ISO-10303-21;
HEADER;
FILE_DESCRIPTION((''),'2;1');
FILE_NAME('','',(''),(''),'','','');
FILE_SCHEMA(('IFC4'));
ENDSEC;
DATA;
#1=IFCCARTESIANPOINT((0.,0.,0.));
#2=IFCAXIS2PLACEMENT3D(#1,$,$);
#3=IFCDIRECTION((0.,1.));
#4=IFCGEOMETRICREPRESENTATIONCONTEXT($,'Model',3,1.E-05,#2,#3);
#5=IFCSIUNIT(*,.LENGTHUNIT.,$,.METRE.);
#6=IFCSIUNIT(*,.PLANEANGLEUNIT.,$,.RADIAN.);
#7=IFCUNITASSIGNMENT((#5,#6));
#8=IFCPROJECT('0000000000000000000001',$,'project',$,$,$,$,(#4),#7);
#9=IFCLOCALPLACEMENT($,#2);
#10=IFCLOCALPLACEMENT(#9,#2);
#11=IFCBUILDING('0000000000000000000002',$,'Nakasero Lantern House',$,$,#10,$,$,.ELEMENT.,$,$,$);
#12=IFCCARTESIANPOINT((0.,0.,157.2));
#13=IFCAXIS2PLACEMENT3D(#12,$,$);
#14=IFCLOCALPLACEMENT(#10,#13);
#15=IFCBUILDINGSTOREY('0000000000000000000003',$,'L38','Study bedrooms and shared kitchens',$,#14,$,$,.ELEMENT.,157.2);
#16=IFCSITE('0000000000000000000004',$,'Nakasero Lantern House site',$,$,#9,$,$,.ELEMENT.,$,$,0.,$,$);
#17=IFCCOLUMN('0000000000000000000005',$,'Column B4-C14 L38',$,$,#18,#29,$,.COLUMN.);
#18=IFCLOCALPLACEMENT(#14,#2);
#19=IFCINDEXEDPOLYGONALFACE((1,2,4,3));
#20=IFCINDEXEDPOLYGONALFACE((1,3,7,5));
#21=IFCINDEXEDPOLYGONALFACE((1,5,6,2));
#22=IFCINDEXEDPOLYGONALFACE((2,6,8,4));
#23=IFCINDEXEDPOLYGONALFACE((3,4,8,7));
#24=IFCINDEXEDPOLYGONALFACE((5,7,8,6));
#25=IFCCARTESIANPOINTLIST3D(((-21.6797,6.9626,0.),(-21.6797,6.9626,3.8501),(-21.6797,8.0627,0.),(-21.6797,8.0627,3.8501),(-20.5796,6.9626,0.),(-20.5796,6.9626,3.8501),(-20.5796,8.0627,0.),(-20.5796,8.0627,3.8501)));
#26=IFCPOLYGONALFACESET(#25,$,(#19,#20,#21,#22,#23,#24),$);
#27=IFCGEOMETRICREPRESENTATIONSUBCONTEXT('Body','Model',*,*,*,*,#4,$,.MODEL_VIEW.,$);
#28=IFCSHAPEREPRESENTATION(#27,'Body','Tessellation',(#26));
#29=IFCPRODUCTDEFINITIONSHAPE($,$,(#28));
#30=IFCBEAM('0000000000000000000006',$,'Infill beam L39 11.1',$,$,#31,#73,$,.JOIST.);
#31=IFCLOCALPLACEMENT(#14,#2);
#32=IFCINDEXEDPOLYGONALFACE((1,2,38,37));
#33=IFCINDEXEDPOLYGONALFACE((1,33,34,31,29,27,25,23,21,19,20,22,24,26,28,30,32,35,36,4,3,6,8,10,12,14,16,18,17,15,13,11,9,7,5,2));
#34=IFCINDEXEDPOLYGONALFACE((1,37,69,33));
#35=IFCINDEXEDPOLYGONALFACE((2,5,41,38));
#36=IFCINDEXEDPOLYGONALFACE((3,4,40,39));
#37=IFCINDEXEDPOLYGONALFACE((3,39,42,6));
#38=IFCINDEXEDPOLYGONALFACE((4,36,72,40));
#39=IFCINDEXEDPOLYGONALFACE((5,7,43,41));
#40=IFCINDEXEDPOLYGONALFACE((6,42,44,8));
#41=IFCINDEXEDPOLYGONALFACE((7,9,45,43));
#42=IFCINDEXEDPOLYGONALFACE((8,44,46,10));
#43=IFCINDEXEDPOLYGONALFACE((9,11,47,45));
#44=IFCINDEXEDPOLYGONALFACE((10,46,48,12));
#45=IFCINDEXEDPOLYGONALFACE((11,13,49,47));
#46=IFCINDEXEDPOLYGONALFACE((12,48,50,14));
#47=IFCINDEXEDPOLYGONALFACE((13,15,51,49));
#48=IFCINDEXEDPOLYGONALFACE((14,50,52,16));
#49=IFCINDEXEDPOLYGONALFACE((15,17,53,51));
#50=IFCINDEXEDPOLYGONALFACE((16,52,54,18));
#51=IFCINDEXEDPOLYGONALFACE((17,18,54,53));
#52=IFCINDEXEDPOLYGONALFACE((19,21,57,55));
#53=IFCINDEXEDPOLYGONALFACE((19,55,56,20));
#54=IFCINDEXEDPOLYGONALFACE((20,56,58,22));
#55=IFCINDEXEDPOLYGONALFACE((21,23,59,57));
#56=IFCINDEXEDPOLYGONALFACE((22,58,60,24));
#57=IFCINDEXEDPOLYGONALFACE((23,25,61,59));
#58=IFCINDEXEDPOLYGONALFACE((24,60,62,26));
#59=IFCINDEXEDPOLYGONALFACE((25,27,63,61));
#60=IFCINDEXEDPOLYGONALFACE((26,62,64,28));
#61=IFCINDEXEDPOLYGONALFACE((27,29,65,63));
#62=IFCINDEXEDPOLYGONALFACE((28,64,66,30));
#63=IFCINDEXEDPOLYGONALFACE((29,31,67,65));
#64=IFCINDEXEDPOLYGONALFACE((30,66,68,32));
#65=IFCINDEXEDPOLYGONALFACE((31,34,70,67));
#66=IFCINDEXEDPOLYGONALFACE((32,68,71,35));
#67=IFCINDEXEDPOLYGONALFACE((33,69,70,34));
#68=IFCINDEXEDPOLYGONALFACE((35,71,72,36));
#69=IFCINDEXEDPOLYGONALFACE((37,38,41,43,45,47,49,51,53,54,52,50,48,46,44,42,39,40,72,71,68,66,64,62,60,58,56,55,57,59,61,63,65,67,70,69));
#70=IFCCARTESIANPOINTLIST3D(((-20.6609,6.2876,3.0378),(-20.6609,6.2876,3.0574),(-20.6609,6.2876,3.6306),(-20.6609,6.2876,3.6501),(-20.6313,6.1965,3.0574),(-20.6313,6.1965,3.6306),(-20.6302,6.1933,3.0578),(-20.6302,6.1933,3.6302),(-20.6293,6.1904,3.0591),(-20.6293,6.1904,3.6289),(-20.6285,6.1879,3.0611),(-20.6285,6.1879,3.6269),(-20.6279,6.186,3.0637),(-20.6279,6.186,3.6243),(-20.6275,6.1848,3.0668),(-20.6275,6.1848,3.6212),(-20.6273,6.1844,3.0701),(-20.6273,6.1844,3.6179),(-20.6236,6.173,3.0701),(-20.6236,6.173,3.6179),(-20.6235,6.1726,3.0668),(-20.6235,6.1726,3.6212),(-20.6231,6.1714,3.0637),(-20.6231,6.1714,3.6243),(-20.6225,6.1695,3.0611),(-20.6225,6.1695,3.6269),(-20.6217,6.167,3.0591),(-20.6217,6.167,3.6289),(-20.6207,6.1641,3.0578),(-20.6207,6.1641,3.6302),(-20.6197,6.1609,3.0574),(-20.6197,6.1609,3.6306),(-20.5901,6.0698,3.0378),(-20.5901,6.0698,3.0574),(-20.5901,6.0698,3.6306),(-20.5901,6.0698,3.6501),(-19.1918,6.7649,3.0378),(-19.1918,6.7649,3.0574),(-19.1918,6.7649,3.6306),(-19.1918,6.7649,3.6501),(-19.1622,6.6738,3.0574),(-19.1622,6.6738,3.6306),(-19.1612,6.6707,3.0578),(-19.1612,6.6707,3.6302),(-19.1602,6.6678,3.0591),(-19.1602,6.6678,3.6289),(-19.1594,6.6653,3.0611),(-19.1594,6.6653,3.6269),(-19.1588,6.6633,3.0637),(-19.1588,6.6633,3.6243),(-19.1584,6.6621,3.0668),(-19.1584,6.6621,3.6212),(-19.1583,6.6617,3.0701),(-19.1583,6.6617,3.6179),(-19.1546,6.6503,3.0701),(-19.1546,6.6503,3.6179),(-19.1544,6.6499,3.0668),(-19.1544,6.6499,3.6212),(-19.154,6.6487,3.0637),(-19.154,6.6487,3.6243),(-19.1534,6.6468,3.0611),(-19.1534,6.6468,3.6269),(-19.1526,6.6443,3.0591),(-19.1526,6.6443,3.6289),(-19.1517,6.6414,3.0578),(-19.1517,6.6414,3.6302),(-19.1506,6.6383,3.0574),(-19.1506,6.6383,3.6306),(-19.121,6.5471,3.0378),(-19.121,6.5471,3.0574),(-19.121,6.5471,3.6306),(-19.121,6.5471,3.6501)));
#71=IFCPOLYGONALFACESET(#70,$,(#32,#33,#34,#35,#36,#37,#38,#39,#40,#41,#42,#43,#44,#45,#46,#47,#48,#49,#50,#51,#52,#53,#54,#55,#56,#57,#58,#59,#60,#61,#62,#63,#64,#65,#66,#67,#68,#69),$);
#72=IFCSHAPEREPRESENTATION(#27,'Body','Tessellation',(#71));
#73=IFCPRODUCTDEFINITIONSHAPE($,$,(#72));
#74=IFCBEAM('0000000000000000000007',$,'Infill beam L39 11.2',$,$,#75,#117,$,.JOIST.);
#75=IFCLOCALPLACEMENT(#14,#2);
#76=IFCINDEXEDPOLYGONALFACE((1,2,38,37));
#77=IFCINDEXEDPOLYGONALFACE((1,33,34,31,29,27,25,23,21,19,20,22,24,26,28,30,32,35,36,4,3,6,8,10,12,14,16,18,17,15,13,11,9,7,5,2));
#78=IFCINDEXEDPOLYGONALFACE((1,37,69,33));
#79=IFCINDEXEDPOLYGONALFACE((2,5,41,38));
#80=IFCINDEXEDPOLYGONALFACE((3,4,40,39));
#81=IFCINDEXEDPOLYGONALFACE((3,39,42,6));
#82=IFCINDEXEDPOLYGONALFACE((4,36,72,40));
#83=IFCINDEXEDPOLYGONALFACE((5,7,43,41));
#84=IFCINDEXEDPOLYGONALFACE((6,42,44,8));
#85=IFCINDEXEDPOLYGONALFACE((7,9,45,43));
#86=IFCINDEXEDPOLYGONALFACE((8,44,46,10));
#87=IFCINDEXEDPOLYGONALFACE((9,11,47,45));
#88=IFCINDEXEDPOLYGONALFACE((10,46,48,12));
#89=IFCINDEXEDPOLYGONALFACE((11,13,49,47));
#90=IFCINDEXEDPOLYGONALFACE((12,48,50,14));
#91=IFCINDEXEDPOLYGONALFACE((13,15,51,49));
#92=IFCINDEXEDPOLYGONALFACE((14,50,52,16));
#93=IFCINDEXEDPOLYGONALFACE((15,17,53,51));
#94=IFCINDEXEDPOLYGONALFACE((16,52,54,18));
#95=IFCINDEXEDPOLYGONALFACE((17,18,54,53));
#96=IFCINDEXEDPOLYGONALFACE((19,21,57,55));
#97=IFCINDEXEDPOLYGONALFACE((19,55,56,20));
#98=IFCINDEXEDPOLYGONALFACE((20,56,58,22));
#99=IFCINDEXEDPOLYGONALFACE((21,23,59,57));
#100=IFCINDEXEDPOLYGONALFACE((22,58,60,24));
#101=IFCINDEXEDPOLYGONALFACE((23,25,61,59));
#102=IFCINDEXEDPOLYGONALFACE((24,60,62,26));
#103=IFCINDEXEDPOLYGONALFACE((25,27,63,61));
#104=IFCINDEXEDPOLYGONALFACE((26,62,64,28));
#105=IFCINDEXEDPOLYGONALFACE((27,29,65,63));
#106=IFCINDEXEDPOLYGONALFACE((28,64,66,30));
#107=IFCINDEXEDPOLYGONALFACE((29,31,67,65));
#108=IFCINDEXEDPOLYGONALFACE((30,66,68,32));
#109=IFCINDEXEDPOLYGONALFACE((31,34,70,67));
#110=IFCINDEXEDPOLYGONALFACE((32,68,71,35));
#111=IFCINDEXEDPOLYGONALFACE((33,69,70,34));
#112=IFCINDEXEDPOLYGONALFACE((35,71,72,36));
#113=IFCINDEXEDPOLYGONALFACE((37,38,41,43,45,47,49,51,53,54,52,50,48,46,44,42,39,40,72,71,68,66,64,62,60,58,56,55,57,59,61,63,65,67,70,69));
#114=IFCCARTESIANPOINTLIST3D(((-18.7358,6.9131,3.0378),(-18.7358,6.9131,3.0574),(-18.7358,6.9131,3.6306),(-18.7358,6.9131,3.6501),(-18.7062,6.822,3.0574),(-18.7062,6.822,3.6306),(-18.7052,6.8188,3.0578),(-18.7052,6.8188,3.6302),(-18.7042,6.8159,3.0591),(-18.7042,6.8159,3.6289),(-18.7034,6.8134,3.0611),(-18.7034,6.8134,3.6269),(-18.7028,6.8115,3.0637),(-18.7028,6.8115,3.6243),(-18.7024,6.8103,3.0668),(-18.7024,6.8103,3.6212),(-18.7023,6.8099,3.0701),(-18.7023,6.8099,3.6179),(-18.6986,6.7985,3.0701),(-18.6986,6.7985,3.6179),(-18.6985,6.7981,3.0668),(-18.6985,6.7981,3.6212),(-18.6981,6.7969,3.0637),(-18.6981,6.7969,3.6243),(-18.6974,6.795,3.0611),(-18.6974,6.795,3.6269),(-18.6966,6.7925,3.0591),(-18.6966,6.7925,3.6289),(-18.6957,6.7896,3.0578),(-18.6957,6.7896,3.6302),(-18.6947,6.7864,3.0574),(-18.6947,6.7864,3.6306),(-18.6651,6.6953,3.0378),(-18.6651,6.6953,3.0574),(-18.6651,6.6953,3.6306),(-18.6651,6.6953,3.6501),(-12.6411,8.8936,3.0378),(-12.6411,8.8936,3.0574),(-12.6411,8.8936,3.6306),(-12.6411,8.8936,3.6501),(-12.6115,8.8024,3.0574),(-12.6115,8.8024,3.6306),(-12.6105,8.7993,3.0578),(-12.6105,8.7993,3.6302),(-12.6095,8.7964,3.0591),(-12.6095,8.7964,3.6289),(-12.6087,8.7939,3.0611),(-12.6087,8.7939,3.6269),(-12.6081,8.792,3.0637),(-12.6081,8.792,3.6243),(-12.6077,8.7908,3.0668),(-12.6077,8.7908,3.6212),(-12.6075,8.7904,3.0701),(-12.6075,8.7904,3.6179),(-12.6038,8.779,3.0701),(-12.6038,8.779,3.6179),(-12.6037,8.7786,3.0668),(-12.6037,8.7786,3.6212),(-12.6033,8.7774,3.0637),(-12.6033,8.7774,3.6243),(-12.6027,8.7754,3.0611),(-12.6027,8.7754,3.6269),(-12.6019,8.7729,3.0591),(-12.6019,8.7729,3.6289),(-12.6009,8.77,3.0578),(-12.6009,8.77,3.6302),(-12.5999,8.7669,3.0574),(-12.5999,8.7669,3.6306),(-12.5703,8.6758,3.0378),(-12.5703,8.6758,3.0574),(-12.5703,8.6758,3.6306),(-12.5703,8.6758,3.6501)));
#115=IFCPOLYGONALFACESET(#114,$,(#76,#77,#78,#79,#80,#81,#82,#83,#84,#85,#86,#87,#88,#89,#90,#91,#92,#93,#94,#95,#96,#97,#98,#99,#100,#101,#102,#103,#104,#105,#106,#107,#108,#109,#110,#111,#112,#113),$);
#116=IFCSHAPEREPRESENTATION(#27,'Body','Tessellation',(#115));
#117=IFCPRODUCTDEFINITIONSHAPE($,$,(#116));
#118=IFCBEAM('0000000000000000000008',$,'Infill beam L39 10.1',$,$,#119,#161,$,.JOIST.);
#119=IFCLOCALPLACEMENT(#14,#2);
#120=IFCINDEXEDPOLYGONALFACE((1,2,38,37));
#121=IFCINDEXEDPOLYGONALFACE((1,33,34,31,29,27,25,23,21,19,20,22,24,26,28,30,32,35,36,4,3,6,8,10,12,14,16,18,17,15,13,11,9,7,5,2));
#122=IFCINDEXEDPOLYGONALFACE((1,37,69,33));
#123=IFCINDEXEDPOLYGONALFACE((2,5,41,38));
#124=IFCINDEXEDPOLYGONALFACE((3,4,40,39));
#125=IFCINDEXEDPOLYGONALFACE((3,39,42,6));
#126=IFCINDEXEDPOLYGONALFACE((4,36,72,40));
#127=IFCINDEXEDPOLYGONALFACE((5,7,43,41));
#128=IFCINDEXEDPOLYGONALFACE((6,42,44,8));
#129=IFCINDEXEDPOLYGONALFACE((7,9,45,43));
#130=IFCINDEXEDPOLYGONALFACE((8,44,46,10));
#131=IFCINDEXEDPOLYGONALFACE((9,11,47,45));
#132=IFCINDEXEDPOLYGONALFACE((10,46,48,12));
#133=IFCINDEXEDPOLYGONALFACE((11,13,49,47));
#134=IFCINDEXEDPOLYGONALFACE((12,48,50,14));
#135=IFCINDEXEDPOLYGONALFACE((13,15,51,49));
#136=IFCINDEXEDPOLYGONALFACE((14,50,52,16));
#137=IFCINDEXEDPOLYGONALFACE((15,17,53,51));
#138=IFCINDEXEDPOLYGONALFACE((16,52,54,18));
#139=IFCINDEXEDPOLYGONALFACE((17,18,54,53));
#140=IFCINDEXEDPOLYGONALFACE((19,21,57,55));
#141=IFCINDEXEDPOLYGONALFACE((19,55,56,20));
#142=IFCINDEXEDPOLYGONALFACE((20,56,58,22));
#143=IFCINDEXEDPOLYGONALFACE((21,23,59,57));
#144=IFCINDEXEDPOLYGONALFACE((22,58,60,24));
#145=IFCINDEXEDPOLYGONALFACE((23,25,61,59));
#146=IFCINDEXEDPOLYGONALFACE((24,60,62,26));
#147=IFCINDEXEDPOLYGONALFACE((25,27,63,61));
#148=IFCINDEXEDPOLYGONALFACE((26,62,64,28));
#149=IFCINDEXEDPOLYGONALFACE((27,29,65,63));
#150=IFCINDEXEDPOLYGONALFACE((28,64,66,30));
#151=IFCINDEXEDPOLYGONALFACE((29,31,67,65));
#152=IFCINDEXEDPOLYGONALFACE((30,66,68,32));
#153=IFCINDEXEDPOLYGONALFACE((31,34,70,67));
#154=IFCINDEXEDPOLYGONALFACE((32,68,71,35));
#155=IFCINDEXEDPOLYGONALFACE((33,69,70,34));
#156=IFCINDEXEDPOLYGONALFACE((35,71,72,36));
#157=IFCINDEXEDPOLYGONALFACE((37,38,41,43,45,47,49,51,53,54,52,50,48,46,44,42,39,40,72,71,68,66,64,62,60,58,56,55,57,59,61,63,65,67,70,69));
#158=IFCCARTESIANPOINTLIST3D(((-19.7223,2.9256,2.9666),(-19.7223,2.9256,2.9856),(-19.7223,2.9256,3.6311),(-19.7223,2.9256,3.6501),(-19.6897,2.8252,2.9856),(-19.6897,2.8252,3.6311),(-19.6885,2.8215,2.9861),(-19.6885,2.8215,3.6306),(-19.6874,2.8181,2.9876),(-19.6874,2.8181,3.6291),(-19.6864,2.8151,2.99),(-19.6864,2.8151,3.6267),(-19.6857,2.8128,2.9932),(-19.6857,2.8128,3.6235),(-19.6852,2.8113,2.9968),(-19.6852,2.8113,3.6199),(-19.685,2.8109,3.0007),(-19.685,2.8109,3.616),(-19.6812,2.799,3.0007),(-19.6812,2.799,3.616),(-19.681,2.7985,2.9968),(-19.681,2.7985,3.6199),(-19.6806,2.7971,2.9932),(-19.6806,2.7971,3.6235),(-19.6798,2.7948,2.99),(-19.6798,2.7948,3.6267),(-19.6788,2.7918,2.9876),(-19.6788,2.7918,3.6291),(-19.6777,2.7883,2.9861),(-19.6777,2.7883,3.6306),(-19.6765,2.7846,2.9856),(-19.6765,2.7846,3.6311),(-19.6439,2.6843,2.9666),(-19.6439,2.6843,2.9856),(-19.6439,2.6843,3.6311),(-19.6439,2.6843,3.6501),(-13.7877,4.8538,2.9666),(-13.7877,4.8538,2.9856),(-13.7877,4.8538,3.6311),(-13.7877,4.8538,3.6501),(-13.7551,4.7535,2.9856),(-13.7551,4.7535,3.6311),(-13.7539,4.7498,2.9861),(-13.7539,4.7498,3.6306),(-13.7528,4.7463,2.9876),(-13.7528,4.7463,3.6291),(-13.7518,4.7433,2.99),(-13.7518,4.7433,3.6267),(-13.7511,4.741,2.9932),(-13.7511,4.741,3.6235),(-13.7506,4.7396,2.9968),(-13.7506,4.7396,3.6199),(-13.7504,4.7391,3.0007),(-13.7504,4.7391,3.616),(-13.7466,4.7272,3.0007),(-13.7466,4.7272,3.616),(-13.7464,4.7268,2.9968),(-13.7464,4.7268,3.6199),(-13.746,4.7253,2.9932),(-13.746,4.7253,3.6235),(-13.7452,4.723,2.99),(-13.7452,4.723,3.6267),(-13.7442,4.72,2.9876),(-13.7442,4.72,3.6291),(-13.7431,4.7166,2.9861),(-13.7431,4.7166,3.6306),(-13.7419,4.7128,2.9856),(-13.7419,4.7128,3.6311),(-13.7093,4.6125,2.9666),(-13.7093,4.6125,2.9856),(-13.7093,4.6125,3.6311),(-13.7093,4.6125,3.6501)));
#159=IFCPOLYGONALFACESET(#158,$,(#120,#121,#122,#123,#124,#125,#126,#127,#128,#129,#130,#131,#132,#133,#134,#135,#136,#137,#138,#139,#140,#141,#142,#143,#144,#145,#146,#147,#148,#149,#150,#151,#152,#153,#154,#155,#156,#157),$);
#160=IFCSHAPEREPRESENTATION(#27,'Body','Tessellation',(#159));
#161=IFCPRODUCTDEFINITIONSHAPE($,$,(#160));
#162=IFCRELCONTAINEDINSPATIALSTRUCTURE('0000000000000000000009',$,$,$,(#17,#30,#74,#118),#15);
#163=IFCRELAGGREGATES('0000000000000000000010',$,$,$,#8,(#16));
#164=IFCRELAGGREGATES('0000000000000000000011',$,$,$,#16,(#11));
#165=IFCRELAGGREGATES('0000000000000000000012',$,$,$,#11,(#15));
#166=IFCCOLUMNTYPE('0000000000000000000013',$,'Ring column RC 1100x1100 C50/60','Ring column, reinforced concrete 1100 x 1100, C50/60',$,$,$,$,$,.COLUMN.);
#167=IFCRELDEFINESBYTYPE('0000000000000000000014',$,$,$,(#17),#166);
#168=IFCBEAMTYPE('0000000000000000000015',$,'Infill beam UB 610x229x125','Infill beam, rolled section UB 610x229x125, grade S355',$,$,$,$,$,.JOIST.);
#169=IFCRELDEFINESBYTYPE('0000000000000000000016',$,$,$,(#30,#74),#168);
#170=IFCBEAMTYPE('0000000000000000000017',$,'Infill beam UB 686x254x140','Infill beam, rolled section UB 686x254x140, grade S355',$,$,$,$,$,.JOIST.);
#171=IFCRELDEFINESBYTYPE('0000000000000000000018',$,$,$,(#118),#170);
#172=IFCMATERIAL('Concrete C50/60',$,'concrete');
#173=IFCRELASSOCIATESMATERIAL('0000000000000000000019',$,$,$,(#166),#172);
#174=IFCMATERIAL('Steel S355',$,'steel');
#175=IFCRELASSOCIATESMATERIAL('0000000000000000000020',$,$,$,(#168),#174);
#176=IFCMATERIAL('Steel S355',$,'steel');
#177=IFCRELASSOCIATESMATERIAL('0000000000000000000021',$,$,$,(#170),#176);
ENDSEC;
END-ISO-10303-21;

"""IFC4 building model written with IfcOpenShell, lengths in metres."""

from ifc_helpers import new_model, si_unit, direction, frame, origin, origin_2d, place, context, subcontext, project, spatial, rectangle, i_section, extrude, material, material_profile, profile_set, type_object, element, save


model = new_model("IFC4")

# Units and contexts
model_context = context("Model", 3, precision=1e-05, world=origin(), true_north=direction((0.0, 1.0)))
body_context = subcontext(model_context, "Body", "Model", "MODEL_VIEW")
ifc_project = project(units=[si_unit("LENGTHUNIT", "METRE"), si_unit("PLANEANGLEUNIT", "RADIAN")], contexts=[model_context])

# Site, building, storey
site_placement = place(None, origin())
site = spatial("IfcSite", under=ifc_project, at=site_placement, Name="Nakasero Lantern House site", CompositionType="ELEMENT", RefElevation=0.0)
building_placement = place(site_placement, origin())
building = spatial("IfcBuilding", under=site, at=building_placement, Name="Nakasero Lantern House", CompositionType="ELEMENT")
storey_placement = place(building_placement, frame((0.0, 0.0, 157.2)))
storey = spatial("IfcBuildingStorey", under=building, at=storey_placement, Name="L38", Description="Study bedrooms and shared kitchens", CompositionType="ELEMENT", Elevation=157.2)

# Column
ifc_material_1 = material(Name="Concrete C50/60", Category="concrete")
ifc_material_profile_1 = material_profile(ifc_material_1, rectangle(XDim=1.1001, YDim=1.1001, at=origin_2d()), Name="RC 1100x1100")
ifc_profile_set_1 = profile_set([ifc_material_profile_1], Name="Concrete C50/60")
column_type = type_object("IfcColumnType", Name="Ring column RC 1100x1100 C50/60", Description="Ring column, reinforced concrete 1100 x 1100, C50/60", PredefinedType="COLUMN", material=ifc_profile_set_1)
column_placement = place(storey_placement, frame((-21.1296, 7.5127, 0.0), z_axis=(0.0, 0.0, 1.0), x_axis=(1.0, 0.0, 0.0)))
element("IfcColumn", 1, at=column_placement, inside=storey, type_object=column_type, Name="Column B4-C14 L38", PredefinedType="COLUMN", context=body_context, shape_type="SweptSolid", body=[
    extrude(rectangle(XDim=1.1001, YDim=1.1001, at=origin_2d()), origin(), (0.0, 0.0, 1.0), 3.8501),
])

# Beams
ifc_material_2 = material(Name="Steel S355", Category="steel")
ifc_material_profile_2 = material_profile(ifc_material_2, i_section(OverallWidth=0.229, OverallDepth=0.6123, WebThickness=0.012, FlangeThickness=0.0195, FilletRadius=0.0127, at=origin_2d()), Name="UB 610x229x125")
ifc_profile_set_2 = profile_set([ifc_material_profile_2], Name="Steel S355")
beam_type_1 = type_object("IfcBeamType", Name="Infill beam UB 610x229x125", Description="Infill beam, rolled section UB 610x229x125, grade S355", PredefinedType="JOIST", material=ifc_profile_set_2)
beam_1_placement = place(storey_placement, frame((-20.6255, 6.1787, 3.344), z_axis=(0.951058, 0.309011, 0.0), x_axis=(-0.309011, 0.951058, 0.0)))
element("IfcBeam", 2, at=beam_1_placement, inside=storey, type_object=beam_type_1, Name="Infill beam L39 11.1", PredefinedType="JOIST", context=body_context, shape_type="SweptSolid", body=[
    extrude(i_section(OverallWidth=0.229, OverallDepth=0.6123, WebThickness=0.012, FlangeThickness=0.0195, FilletRadius=0.0127, at=origin_2d()), origin(), (0.0, 0.0, 1.0), 1.5447),
])
beam_2_placement = place(storey_placement, frame((-18.7004, 6.8042, 3.344), z_axis=(0.951049, 0.309041, 0.0), x_axis=(-0.309041, 0.951049, 0.0)))
element("IfcBeam", 3, at=beam_2_placement, inside=storey, type_object=beam_type_1, Name="Infill beam L39 11.2", PredefinedType="JOIST", context=body_context, shape_type="SweptSolid", body=[
    extrude(i_section(OverallWidth=0.229, OverallDepth=0.6123, WebThickness=0.012, FlangeThickness=0.0195, FilletRadius=0.0127, at=origin_2d()), origin(), (0.0, 0.0, 1.0), 6.4084),
])
ifc_material_3 = material(Name="Steel S355", Category="steel")
ifc_material_profile_3 = material_profile(ifc_material_3, i_section(OverallWidth=0.2537, OverallDepth=0.6836, WebThickness=0.0125, FlangeThickness=0.019, FilletRadius=0.0151, at=origin_2d()), Name="UB 686x254x140")
ifc_profile_set_3 = profile_set([ifc_material_profile_3], Name="Steel S355")
beam_type_2 = type_object("IfcBeamType", Name="Infill beam UB 686x254x140", Description="Infill beam, rolled section UB 686x254x140, grade S355", PredefinedType="JOIST", material=ifc_profile_set_3)
beam_3_placement = place(storey_placement, frame((-19.6831, 2.8049, 3.3083), z_axis=(0.951058, 0.309012, 0.0), x_axis=(-0.309012, 0.951058, 0.0)))
element("IfcBeam", 4, at=beam_3_placement, inside=storey, type_object=beam_type_2, Name="Infill beam L39 10.1", PredefinedType="JOIST", context=body_context, shape_type="SweptSolid", body=[
    extrude(i_section(OverallWidth=0.2537, OverallDepth=0.6836, WebThickness=0.0125, FlangeThickness=0.019, FilletRadius=0.0151, at=origin_2d()), origin(), (0.0, 0.0, 1.0), 6.24),
])

save(model, "model.ifc")
